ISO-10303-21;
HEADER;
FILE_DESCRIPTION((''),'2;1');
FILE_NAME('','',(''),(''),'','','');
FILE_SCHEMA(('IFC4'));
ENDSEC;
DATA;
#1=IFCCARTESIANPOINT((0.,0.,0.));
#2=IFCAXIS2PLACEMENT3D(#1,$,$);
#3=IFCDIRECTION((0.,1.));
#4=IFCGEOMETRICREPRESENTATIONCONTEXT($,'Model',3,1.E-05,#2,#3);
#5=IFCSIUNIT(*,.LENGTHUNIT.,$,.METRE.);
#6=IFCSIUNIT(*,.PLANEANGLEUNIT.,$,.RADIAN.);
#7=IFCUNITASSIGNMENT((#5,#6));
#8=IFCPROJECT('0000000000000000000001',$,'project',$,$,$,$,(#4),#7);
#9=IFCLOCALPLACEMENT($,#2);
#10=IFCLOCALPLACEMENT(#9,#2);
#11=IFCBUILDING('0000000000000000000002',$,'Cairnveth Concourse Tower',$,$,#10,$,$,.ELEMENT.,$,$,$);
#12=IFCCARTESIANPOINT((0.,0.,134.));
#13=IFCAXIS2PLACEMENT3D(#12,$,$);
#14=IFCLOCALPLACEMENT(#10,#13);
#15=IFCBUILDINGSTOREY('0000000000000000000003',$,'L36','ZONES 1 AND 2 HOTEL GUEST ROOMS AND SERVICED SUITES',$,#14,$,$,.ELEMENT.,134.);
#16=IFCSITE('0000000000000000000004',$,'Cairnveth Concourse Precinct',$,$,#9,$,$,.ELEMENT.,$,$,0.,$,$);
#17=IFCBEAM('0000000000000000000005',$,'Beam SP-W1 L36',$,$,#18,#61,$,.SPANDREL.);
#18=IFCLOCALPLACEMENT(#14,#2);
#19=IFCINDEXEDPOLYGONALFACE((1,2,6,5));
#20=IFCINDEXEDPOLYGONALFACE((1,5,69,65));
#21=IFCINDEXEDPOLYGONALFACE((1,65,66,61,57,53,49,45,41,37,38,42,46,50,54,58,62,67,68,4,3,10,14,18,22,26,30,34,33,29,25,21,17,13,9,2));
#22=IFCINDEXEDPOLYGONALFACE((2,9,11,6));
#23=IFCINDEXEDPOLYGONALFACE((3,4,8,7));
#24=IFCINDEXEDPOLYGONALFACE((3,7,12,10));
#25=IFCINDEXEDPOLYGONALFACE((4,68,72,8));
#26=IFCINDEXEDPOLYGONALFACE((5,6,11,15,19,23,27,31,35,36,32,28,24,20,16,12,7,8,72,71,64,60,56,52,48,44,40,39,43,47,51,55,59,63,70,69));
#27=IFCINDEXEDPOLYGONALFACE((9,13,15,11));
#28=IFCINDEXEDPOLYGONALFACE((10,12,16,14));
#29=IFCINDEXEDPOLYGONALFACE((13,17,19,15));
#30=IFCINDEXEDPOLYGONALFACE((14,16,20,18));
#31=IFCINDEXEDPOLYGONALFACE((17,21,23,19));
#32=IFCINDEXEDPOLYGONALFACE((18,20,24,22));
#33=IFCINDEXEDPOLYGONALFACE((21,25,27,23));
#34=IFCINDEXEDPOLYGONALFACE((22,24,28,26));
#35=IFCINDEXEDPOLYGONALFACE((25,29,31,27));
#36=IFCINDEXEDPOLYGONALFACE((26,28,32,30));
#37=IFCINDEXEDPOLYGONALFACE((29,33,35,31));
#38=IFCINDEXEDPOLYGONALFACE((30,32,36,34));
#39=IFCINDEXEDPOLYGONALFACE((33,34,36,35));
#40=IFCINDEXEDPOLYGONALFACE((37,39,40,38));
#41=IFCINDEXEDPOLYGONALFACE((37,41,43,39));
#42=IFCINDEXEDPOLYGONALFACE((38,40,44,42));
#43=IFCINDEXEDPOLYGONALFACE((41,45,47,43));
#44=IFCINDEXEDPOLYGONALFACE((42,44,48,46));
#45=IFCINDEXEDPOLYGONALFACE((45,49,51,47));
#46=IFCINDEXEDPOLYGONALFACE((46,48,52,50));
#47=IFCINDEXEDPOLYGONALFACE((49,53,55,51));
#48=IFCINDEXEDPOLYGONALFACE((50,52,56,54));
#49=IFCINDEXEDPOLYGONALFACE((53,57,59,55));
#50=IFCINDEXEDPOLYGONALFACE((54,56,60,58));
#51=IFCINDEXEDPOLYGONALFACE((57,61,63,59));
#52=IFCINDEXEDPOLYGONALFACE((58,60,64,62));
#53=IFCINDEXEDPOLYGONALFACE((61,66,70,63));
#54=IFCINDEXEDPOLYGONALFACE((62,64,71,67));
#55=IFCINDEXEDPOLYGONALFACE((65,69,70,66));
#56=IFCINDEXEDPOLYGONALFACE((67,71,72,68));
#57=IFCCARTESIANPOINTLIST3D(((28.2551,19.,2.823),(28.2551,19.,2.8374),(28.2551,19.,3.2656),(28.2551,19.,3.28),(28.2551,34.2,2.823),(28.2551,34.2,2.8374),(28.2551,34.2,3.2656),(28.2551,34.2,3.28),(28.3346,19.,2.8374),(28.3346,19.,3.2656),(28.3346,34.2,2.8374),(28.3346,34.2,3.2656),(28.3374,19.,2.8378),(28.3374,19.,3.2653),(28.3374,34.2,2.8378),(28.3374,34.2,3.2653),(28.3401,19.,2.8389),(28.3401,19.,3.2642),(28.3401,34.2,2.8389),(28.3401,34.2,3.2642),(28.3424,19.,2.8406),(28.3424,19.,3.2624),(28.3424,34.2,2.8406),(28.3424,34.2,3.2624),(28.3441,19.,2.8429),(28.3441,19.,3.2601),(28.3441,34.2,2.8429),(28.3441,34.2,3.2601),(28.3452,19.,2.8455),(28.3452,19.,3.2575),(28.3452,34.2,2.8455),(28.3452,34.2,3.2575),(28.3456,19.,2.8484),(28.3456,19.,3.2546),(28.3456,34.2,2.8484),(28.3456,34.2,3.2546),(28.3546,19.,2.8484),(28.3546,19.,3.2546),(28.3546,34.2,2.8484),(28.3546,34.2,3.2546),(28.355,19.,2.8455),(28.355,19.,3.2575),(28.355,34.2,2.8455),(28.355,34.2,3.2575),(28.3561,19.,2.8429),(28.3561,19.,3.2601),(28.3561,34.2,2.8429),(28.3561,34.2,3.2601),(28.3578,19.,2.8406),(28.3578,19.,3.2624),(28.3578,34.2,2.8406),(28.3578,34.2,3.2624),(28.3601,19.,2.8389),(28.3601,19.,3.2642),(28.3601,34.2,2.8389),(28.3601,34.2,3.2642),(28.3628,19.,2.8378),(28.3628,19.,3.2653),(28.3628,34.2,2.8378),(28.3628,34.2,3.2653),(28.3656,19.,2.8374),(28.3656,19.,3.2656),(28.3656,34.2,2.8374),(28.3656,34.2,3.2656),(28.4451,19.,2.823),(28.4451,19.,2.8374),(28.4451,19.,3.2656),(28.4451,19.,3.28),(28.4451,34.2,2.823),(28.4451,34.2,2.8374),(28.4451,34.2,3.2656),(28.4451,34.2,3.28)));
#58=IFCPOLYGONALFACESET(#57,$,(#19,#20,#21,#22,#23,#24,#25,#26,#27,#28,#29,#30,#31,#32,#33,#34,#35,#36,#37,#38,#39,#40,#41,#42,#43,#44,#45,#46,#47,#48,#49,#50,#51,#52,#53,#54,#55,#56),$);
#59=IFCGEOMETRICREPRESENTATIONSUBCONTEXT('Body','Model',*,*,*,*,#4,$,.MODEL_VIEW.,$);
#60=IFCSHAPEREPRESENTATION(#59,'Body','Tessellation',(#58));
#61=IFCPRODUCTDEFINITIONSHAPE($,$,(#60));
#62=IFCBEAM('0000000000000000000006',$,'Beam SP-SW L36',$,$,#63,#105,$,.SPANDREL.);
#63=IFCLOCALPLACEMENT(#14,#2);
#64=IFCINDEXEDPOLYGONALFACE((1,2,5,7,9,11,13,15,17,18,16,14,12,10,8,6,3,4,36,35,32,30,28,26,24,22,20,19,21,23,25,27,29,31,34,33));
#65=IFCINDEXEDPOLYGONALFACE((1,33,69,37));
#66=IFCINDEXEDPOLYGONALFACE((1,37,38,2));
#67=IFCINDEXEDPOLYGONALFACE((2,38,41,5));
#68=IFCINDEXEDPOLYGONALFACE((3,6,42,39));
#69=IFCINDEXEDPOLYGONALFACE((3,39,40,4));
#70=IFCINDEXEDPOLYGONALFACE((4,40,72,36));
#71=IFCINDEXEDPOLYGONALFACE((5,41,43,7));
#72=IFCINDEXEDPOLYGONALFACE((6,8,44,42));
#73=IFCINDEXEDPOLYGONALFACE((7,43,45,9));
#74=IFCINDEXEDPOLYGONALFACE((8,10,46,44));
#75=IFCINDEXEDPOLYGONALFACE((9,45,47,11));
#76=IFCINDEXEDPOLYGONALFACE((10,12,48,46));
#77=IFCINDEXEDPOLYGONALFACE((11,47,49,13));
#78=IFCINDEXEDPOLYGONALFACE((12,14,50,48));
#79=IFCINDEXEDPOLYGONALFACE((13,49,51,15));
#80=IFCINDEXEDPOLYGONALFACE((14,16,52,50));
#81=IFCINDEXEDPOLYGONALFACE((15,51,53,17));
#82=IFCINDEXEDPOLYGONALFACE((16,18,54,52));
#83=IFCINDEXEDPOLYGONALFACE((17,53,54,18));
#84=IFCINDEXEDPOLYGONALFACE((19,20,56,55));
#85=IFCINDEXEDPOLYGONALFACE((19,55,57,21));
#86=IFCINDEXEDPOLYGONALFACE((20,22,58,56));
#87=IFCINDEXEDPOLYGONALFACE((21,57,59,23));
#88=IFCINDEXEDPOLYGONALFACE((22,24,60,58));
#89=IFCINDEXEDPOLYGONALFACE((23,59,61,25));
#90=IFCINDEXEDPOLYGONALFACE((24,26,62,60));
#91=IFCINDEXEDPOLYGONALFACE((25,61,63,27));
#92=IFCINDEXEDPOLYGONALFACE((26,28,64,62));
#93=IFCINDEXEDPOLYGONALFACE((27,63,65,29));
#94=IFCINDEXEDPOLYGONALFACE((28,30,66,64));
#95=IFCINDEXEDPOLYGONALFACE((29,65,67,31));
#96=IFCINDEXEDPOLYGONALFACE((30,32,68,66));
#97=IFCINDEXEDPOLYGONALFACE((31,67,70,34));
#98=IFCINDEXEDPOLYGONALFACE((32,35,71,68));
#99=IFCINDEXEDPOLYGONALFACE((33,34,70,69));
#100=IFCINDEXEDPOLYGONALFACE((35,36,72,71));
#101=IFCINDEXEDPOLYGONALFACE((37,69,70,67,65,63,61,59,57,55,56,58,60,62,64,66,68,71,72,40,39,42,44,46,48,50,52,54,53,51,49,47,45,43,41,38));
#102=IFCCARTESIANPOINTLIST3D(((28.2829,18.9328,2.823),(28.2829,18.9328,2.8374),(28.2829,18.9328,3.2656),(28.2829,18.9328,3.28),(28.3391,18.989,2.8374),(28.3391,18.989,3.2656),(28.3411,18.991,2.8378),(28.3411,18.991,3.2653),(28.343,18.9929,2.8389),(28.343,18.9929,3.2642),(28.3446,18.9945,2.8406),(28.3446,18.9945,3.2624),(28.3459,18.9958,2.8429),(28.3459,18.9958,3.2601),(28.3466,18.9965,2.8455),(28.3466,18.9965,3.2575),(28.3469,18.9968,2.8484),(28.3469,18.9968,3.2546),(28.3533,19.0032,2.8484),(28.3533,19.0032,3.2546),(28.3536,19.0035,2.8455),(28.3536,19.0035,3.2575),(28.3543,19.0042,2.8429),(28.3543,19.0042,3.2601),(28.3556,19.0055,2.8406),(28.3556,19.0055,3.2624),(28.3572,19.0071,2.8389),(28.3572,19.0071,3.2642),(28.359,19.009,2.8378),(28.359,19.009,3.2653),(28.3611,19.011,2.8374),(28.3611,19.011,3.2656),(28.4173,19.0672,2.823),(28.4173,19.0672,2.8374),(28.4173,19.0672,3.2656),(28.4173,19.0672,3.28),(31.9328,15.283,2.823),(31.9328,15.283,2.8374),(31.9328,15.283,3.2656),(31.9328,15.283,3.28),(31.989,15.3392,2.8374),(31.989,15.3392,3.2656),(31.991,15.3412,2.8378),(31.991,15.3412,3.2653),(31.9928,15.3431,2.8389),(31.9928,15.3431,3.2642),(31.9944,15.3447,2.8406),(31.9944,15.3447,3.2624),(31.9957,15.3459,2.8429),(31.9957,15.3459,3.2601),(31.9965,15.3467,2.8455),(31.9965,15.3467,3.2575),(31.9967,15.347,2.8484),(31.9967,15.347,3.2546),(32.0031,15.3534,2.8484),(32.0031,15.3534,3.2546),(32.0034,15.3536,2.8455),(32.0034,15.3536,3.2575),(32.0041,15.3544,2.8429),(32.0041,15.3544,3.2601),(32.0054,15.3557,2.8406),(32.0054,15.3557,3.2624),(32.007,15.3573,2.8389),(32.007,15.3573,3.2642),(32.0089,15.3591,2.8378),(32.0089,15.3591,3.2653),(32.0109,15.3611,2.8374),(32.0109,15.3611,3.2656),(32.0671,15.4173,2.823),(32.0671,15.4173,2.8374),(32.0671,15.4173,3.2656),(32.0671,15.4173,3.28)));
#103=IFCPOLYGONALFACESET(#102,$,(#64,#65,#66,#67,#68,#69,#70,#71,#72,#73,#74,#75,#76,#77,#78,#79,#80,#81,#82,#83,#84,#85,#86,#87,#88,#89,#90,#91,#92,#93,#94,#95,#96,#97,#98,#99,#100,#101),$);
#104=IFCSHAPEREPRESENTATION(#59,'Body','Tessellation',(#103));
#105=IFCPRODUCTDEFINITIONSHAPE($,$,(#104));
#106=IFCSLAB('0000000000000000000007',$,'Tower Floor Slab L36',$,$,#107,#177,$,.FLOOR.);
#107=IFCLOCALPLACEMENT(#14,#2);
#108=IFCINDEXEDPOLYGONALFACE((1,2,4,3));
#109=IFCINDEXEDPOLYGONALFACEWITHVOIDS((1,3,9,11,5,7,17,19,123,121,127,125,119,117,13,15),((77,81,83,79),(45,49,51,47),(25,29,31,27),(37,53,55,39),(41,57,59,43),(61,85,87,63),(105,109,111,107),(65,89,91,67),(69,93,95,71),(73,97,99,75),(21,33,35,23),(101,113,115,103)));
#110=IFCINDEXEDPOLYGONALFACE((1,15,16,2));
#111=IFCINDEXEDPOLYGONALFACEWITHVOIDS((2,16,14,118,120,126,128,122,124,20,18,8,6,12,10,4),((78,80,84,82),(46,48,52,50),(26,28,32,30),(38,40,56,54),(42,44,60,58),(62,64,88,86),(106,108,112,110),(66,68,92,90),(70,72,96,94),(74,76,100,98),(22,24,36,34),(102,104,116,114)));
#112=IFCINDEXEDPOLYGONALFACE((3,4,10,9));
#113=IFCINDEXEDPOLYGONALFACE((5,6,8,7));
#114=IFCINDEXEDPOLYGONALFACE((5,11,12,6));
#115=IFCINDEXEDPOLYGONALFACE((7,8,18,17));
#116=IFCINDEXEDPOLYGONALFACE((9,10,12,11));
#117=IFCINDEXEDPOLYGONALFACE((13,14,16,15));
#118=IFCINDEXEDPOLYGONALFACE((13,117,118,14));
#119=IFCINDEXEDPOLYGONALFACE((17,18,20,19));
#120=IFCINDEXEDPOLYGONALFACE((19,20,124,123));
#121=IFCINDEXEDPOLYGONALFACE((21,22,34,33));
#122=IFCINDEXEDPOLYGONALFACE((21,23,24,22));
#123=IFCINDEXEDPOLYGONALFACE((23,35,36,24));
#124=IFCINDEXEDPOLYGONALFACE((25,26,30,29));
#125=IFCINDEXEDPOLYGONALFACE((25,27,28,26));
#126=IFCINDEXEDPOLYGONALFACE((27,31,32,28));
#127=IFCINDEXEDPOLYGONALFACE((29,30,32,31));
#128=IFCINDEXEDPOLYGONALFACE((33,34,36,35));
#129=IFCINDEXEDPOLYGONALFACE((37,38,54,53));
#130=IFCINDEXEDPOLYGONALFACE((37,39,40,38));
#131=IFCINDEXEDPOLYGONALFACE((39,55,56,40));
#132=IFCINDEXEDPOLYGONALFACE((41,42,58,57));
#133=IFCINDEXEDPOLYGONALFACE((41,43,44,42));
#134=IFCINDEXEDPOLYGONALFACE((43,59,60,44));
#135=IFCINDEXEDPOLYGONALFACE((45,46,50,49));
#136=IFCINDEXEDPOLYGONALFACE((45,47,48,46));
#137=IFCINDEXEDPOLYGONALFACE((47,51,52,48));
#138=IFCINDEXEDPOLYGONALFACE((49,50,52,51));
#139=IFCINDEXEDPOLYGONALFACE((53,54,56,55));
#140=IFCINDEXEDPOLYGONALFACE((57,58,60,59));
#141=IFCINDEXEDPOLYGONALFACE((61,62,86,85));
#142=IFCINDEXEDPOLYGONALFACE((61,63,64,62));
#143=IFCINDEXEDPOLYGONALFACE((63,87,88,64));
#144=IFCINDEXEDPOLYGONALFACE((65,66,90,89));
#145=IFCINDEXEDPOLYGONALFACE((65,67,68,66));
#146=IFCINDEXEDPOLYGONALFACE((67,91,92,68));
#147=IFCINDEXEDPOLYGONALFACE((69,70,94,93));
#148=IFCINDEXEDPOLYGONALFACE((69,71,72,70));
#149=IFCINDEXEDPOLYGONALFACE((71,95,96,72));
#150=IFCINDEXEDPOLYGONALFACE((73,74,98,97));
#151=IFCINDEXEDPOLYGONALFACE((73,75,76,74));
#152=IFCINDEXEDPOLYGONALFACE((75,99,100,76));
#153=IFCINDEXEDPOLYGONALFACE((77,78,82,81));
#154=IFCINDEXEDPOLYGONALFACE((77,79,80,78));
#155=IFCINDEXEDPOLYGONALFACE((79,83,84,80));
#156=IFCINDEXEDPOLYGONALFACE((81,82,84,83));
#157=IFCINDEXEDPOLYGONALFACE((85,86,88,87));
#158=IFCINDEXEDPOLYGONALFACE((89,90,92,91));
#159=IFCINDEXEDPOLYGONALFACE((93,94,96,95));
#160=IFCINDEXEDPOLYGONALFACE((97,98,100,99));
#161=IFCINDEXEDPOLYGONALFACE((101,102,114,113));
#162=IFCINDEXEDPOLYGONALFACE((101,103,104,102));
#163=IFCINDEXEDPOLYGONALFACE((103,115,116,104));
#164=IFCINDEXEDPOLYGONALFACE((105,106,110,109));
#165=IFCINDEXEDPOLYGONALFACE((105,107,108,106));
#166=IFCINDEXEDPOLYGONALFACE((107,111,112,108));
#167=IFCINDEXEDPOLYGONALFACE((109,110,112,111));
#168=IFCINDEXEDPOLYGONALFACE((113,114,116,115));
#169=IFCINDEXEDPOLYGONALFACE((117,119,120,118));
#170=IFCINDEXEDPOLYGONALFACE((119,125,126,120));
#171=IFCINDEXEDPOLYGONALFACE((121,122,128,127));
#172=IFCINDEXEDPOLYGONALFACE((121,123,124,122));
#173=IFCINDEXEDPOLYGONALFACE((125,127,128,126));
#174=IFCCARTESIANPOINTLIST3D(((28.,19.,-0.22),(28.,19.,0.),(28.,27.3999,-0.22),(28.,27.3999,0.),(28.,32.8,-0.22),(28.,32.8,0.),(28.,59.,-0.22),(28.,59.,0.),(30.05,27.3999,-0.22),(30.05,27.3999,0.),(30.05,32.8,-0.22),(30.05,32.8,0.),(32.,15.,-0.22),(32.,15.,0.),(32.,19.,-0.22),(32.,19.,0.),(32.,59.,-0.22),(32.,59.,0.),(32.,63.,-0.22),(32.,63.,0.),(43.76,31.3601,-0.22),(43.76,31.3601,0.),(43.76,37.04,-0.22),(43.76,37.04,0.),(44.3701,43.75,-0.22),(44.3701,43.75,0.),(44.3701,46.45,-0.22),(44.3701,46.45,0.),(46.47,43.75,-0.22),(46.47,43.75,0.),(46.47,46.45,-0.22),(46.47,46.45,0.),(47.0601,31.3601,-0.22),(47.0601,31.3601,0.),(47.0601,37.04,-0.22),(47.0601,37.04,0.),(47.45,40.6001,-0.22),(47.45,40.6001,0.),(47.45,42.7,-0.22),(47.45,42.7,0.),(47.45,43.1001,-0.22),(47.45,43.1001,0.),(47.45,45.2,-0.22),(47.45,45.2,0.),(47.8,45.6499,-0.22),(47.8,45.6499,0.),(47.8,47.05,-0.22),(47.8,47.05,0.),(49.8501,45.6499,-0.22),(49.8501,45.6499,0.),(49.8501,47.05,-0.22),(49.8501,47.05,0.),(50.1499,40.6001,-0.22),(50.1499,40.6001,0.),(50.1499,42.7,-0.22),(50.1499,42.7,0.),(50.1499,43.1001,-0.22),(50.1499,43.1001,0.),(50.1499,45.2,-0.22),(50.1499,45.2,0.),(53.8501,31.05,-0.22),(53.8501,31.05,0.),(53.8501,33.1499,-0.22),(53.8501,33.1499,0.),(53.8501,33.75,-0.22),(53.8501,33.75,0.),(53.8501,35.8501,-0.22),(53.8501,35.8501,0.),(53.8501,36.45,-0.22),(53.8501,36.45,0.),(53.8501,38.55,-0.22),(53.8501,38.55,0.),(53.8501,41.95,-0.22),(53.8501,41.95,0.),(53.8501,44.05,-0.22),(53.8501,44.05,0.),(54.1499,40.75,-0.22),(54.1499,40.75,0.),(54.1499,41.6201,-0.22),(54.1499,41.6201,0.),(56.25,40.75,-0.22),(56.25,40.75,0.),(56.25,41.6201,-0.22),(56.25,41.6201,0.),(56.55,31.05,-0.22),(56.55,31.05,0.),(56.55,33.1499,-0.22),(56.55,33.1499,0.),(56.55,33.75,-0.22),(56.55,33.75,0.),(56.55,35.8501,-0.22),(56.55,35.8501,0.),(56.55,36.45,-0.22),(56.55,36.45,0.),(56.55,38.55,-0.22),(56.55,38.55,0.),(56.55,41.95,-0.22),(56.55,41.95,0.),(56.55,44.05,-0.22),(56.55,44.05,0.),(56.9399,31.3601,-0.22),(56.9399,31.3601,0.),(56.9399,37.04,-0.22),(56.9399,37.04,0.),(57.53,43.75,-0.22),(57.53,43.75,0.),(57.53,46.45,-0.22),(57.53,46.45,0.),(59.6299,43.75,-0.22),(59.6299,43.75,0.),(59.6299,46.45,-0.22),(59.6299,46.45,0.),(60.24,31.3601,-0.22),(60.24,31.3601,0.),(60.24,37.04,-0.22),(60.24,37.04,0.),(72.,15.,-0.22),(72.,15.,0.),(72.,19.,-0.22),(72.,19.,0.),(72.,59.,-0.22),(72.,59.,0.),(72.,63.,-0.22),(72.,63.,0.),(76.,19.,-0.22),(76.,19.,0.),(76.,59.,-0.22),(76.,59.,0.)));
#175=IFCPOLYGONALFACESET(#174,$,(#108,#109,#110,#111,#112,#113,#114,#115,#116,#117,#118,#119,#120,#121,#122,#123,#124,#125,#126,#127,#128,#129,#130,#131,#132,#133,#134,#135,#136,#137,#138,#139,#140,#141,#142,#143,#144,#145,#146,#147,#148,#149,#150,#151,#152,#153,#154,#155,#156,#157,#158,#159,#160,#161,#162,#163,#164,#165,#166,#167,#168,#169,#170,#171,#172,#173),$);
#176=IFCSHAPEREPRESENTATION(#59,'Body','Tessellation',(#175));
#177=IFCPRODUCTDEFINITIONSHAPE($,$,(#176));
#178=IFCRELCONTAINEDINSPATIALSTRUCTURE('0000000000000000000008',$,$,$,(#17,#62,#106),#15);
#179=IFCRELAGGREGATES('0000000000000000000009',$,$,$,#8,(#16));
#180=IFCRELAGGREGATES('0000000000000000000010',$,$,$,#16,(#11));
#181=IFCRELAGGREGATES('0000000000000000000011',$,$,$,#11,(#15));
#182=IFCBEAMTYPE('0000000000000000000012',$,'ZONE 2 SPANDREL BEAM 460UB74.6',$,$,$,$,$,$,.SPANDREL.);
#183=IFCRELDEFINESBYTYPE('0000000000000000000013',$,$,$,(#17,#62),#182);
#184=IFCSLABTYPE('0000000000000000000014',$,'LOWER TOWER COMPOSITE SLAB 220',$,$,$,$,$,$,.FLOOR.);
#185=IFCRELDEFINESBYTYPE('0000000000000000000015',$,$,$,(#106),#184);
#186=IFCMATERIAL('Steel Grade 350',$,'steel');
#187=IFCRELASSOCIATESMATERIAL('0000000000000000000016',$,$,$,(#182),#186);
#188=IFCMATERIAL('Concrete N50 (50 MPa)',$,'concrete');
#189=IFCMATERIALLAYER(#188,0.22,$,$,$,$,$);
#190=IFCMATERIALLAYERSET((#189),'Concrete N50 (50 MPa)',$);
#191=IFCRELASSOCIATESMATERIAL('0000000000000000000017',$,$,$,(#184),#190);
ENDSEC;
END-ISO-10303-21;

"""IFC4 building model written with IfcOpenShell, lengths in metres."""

from ifc_helpers import new_model, si_unit, direction, frame, origin, origin_2d, place, context, subcontext, project, spatial, polyline, i_section, outline, extrude, material, layer, layer_set, material_profile, profile_set, type_object, element, save


model = new_model("IFC4")

# Units and contexts
model_context = context("Model", 3, precision=1e-05, world=origin(), true_north=direction((0.0, 1.0)))
body_context = subcontext(model_context, "Body", "Model", "MODEL_VIEW")
ifc_project = project(units=[si_unit("LENGTHUNIT", "METRE"), si_unit("PLANEANGLEUNIT", "RADIAN")], contexts=[model_context])

# Site, building, storey
site_placement = place(None, origin())
site = spatial("IfcSite", under=ifc_project, at=site_placement, Name="Cairnveth Concourse Precinct", CompositionType="ELEMENT", RefElevation=0.0)
building_placement = place(site_placement, origin())
building = spatial("IfcBuilding", under=site, at=building_placement, Name="Cairnveth Concourse Tower", CompositionType="ELEMENT")
storey_placement = place(building_placement, frame((0.0, 0.0, 134.0)))
storey = spatial("IfcBuildingStorey", under=building, at=storey_placement, Name="L36", Description="ZONES 1 AND 2 HOTEL GUEST ROOMS AND SERVICED SUITES", CompositionType="ELEMENT", Elevation=134.0)

# Shared definitions
ifc_material_1 = material(Name="Steel Grade 350", Category="steel")

# Beams
ifc_material_profile_1 = material_profile(ifc_material_1, i_section(OverallWidth=0.1899, OverallDepth=0.457, WebThickness=0.009, FlangeThickness=0.0144, FilletRadius=0.011, at=origin_2d()), Name="460UB74.6")
ifc_profile_set_1 = profile_set([ifc_material_profile_1], Name="Steel Grade 350")
beam_type_1 = type_object("IfcBeamType", Name="ZONE 2 SPANDREL BEAM 460UB74.6", PredefinedType="SPANDREL", material=ifc_profile_set_1)
beam_1_placement = place(storey_placement, frame((28.3501, 19.0, 3.0515), z_axis=(0.0, 1.0, 0.0), x_axis=(-1.0, 0.0, 0.0)))
element("IfcBeam", 1, at=beam_1_placement, inside=storey, type_object=beam_type_1, Name="Beam SP-W1 L36", PredefinedType="SPANDREL", context=body_context, shape_type="SweptSolid", body=[
    extrude(i_section(OverallWidth=0.1899, OverallDepth=0.457, WebThickness=0.009, FlangeThickness=0.0144, FilletRadius=0.011, at=origin_2d()), origin(), (0.0, 0.0, 1.0), 15.2),
])
beam_2_placement = place(storey_placement, frame((28.3501, 19.0, 3.0515), z_axis=(0.707107, -0.707107, 0.0), x_axis=(0.707107, 0.707107, 0.0)))
element("IfcBeam", 2, at=beam_2_placement, inside=storey, type_object=beam_type_1, Name="Beam SP-SW L36", PredefinedType="SPANDREL", context=body_context, shape_type="SweptSolid", body=[
    extrude(i_section(OverallWidth=0.1899, OverallDepth=0.457, WebThickness=0.009, FlangeThickness=0.0144, FilletRadius=0.011, at=origin_2d()), origin(), (0.0, 0.0, 1.0), 5.1616),
])

# Slab
ifc_material_2 = material(Name="Concrete N50 (50 MPa)", Category="concrete")
ifc_layer_1 = layer(ifc_material_2, 0.22)
ifc_layer_set_1 = layer_set([ifc_layer_1], Name="Concrete N50 (50 MPa)")
slab_type_1 = type_object("IfcSlabType", Name="LOWER TOWER COMPOSITE SLAB 220", PredefinedType="FLOOR", material=ifc_layer_set_1)
slab_1_placement = place(storey_placement, frame((0.0, 0.0, -0.22)))
element("IfcSlab", 3, at=slab_1_placement, inside=storey, type_object=slab_type_1, Name="Tower Floor Slab L36", PredefinedType="FLOOR", context=body_context, shape_type="SweptSolid", body=[
    extrude(outline(polyline([(28.0, 32.8), (30.05, 32.8), (30.05, 27.3999), (28.0, 27.3999), (28.0, 19.0), (32.0, 19.0), (32.0, 15.0), (72.0, 15.0), (72.0, 19.0), (76.0, 19.0), (76.0, 59.0), (72.0, 59.0), (72.0, 63.0), (32.0, 63.0), (32.0, 59.0), (28.0, 59.0), (28.0, 32.8)]), holes=[polyline([(43.76, 31.3601), (47.0601, 31.3601), (47.0601, 37.04), (43.76, 37.04), (43.76, 31.3601)]), polyline([(56.9399, 31.3601), (60.24, 31.3601), (60.24, 37.04), (56.9399, 37.04), (56.9399, 31.3601)]), polyline([(44.3701, 43.75), (46.47, 43.75), (46.47, 46.45), (44.3701, 46.45), (44.3701, 43.75)]), polyline([(57.53, 43.75), (59.6299, 43.75), (59.6299, 46.45), (57.53, 46.45), (57.53, 43.75)]), polyline([(53.8501, 31.05), (56.55, 31.05), (56.55, 33.1499), (53.8501, 33.1499), (53.8501, 31.05)]), polyline([(53.8501, 33.75), (56.55, 33.75), (56.55, 35.8501), (53.8501, 35.8501), (53.8501, 33.75)]), polyline([(53.8501, 36.45), (56.55, 36.45), (56.55, 38.55), (53.8501, 38.55), (53.8501, 36.45)]), polyline([(47.45, 40.6001), (50.1499, 40.6001), (50.1499, 42.7), (47.45, 42.7), (47.45, 40.6001)]), polyline([(47.45, 43.1001), (50.1499, 43.1001), (50.1499, 45.2), (47.45, 45.2), (47.45, 43.1001)]), polyline([(53.8501, 41.95), (56.55, 41.95), (56.55, 44.05), (53.8501, 44.05), (53.8501, 41.95)]), polyline([(47.8, 45.6499), (49.8501, 45.6499), (49.8501, 47.05), (47.8, 47.05), (47.8, 45.6499)]), polyline([(54.1499, 40.75), (56.25, 40.75), (56.25, 41.6201), (54.1499, 41.6201), (54.1499, 40.75)])]), origin(), (0.0, 0.0, 1.0), 0.22),
])

save(model, "model.ifc")
